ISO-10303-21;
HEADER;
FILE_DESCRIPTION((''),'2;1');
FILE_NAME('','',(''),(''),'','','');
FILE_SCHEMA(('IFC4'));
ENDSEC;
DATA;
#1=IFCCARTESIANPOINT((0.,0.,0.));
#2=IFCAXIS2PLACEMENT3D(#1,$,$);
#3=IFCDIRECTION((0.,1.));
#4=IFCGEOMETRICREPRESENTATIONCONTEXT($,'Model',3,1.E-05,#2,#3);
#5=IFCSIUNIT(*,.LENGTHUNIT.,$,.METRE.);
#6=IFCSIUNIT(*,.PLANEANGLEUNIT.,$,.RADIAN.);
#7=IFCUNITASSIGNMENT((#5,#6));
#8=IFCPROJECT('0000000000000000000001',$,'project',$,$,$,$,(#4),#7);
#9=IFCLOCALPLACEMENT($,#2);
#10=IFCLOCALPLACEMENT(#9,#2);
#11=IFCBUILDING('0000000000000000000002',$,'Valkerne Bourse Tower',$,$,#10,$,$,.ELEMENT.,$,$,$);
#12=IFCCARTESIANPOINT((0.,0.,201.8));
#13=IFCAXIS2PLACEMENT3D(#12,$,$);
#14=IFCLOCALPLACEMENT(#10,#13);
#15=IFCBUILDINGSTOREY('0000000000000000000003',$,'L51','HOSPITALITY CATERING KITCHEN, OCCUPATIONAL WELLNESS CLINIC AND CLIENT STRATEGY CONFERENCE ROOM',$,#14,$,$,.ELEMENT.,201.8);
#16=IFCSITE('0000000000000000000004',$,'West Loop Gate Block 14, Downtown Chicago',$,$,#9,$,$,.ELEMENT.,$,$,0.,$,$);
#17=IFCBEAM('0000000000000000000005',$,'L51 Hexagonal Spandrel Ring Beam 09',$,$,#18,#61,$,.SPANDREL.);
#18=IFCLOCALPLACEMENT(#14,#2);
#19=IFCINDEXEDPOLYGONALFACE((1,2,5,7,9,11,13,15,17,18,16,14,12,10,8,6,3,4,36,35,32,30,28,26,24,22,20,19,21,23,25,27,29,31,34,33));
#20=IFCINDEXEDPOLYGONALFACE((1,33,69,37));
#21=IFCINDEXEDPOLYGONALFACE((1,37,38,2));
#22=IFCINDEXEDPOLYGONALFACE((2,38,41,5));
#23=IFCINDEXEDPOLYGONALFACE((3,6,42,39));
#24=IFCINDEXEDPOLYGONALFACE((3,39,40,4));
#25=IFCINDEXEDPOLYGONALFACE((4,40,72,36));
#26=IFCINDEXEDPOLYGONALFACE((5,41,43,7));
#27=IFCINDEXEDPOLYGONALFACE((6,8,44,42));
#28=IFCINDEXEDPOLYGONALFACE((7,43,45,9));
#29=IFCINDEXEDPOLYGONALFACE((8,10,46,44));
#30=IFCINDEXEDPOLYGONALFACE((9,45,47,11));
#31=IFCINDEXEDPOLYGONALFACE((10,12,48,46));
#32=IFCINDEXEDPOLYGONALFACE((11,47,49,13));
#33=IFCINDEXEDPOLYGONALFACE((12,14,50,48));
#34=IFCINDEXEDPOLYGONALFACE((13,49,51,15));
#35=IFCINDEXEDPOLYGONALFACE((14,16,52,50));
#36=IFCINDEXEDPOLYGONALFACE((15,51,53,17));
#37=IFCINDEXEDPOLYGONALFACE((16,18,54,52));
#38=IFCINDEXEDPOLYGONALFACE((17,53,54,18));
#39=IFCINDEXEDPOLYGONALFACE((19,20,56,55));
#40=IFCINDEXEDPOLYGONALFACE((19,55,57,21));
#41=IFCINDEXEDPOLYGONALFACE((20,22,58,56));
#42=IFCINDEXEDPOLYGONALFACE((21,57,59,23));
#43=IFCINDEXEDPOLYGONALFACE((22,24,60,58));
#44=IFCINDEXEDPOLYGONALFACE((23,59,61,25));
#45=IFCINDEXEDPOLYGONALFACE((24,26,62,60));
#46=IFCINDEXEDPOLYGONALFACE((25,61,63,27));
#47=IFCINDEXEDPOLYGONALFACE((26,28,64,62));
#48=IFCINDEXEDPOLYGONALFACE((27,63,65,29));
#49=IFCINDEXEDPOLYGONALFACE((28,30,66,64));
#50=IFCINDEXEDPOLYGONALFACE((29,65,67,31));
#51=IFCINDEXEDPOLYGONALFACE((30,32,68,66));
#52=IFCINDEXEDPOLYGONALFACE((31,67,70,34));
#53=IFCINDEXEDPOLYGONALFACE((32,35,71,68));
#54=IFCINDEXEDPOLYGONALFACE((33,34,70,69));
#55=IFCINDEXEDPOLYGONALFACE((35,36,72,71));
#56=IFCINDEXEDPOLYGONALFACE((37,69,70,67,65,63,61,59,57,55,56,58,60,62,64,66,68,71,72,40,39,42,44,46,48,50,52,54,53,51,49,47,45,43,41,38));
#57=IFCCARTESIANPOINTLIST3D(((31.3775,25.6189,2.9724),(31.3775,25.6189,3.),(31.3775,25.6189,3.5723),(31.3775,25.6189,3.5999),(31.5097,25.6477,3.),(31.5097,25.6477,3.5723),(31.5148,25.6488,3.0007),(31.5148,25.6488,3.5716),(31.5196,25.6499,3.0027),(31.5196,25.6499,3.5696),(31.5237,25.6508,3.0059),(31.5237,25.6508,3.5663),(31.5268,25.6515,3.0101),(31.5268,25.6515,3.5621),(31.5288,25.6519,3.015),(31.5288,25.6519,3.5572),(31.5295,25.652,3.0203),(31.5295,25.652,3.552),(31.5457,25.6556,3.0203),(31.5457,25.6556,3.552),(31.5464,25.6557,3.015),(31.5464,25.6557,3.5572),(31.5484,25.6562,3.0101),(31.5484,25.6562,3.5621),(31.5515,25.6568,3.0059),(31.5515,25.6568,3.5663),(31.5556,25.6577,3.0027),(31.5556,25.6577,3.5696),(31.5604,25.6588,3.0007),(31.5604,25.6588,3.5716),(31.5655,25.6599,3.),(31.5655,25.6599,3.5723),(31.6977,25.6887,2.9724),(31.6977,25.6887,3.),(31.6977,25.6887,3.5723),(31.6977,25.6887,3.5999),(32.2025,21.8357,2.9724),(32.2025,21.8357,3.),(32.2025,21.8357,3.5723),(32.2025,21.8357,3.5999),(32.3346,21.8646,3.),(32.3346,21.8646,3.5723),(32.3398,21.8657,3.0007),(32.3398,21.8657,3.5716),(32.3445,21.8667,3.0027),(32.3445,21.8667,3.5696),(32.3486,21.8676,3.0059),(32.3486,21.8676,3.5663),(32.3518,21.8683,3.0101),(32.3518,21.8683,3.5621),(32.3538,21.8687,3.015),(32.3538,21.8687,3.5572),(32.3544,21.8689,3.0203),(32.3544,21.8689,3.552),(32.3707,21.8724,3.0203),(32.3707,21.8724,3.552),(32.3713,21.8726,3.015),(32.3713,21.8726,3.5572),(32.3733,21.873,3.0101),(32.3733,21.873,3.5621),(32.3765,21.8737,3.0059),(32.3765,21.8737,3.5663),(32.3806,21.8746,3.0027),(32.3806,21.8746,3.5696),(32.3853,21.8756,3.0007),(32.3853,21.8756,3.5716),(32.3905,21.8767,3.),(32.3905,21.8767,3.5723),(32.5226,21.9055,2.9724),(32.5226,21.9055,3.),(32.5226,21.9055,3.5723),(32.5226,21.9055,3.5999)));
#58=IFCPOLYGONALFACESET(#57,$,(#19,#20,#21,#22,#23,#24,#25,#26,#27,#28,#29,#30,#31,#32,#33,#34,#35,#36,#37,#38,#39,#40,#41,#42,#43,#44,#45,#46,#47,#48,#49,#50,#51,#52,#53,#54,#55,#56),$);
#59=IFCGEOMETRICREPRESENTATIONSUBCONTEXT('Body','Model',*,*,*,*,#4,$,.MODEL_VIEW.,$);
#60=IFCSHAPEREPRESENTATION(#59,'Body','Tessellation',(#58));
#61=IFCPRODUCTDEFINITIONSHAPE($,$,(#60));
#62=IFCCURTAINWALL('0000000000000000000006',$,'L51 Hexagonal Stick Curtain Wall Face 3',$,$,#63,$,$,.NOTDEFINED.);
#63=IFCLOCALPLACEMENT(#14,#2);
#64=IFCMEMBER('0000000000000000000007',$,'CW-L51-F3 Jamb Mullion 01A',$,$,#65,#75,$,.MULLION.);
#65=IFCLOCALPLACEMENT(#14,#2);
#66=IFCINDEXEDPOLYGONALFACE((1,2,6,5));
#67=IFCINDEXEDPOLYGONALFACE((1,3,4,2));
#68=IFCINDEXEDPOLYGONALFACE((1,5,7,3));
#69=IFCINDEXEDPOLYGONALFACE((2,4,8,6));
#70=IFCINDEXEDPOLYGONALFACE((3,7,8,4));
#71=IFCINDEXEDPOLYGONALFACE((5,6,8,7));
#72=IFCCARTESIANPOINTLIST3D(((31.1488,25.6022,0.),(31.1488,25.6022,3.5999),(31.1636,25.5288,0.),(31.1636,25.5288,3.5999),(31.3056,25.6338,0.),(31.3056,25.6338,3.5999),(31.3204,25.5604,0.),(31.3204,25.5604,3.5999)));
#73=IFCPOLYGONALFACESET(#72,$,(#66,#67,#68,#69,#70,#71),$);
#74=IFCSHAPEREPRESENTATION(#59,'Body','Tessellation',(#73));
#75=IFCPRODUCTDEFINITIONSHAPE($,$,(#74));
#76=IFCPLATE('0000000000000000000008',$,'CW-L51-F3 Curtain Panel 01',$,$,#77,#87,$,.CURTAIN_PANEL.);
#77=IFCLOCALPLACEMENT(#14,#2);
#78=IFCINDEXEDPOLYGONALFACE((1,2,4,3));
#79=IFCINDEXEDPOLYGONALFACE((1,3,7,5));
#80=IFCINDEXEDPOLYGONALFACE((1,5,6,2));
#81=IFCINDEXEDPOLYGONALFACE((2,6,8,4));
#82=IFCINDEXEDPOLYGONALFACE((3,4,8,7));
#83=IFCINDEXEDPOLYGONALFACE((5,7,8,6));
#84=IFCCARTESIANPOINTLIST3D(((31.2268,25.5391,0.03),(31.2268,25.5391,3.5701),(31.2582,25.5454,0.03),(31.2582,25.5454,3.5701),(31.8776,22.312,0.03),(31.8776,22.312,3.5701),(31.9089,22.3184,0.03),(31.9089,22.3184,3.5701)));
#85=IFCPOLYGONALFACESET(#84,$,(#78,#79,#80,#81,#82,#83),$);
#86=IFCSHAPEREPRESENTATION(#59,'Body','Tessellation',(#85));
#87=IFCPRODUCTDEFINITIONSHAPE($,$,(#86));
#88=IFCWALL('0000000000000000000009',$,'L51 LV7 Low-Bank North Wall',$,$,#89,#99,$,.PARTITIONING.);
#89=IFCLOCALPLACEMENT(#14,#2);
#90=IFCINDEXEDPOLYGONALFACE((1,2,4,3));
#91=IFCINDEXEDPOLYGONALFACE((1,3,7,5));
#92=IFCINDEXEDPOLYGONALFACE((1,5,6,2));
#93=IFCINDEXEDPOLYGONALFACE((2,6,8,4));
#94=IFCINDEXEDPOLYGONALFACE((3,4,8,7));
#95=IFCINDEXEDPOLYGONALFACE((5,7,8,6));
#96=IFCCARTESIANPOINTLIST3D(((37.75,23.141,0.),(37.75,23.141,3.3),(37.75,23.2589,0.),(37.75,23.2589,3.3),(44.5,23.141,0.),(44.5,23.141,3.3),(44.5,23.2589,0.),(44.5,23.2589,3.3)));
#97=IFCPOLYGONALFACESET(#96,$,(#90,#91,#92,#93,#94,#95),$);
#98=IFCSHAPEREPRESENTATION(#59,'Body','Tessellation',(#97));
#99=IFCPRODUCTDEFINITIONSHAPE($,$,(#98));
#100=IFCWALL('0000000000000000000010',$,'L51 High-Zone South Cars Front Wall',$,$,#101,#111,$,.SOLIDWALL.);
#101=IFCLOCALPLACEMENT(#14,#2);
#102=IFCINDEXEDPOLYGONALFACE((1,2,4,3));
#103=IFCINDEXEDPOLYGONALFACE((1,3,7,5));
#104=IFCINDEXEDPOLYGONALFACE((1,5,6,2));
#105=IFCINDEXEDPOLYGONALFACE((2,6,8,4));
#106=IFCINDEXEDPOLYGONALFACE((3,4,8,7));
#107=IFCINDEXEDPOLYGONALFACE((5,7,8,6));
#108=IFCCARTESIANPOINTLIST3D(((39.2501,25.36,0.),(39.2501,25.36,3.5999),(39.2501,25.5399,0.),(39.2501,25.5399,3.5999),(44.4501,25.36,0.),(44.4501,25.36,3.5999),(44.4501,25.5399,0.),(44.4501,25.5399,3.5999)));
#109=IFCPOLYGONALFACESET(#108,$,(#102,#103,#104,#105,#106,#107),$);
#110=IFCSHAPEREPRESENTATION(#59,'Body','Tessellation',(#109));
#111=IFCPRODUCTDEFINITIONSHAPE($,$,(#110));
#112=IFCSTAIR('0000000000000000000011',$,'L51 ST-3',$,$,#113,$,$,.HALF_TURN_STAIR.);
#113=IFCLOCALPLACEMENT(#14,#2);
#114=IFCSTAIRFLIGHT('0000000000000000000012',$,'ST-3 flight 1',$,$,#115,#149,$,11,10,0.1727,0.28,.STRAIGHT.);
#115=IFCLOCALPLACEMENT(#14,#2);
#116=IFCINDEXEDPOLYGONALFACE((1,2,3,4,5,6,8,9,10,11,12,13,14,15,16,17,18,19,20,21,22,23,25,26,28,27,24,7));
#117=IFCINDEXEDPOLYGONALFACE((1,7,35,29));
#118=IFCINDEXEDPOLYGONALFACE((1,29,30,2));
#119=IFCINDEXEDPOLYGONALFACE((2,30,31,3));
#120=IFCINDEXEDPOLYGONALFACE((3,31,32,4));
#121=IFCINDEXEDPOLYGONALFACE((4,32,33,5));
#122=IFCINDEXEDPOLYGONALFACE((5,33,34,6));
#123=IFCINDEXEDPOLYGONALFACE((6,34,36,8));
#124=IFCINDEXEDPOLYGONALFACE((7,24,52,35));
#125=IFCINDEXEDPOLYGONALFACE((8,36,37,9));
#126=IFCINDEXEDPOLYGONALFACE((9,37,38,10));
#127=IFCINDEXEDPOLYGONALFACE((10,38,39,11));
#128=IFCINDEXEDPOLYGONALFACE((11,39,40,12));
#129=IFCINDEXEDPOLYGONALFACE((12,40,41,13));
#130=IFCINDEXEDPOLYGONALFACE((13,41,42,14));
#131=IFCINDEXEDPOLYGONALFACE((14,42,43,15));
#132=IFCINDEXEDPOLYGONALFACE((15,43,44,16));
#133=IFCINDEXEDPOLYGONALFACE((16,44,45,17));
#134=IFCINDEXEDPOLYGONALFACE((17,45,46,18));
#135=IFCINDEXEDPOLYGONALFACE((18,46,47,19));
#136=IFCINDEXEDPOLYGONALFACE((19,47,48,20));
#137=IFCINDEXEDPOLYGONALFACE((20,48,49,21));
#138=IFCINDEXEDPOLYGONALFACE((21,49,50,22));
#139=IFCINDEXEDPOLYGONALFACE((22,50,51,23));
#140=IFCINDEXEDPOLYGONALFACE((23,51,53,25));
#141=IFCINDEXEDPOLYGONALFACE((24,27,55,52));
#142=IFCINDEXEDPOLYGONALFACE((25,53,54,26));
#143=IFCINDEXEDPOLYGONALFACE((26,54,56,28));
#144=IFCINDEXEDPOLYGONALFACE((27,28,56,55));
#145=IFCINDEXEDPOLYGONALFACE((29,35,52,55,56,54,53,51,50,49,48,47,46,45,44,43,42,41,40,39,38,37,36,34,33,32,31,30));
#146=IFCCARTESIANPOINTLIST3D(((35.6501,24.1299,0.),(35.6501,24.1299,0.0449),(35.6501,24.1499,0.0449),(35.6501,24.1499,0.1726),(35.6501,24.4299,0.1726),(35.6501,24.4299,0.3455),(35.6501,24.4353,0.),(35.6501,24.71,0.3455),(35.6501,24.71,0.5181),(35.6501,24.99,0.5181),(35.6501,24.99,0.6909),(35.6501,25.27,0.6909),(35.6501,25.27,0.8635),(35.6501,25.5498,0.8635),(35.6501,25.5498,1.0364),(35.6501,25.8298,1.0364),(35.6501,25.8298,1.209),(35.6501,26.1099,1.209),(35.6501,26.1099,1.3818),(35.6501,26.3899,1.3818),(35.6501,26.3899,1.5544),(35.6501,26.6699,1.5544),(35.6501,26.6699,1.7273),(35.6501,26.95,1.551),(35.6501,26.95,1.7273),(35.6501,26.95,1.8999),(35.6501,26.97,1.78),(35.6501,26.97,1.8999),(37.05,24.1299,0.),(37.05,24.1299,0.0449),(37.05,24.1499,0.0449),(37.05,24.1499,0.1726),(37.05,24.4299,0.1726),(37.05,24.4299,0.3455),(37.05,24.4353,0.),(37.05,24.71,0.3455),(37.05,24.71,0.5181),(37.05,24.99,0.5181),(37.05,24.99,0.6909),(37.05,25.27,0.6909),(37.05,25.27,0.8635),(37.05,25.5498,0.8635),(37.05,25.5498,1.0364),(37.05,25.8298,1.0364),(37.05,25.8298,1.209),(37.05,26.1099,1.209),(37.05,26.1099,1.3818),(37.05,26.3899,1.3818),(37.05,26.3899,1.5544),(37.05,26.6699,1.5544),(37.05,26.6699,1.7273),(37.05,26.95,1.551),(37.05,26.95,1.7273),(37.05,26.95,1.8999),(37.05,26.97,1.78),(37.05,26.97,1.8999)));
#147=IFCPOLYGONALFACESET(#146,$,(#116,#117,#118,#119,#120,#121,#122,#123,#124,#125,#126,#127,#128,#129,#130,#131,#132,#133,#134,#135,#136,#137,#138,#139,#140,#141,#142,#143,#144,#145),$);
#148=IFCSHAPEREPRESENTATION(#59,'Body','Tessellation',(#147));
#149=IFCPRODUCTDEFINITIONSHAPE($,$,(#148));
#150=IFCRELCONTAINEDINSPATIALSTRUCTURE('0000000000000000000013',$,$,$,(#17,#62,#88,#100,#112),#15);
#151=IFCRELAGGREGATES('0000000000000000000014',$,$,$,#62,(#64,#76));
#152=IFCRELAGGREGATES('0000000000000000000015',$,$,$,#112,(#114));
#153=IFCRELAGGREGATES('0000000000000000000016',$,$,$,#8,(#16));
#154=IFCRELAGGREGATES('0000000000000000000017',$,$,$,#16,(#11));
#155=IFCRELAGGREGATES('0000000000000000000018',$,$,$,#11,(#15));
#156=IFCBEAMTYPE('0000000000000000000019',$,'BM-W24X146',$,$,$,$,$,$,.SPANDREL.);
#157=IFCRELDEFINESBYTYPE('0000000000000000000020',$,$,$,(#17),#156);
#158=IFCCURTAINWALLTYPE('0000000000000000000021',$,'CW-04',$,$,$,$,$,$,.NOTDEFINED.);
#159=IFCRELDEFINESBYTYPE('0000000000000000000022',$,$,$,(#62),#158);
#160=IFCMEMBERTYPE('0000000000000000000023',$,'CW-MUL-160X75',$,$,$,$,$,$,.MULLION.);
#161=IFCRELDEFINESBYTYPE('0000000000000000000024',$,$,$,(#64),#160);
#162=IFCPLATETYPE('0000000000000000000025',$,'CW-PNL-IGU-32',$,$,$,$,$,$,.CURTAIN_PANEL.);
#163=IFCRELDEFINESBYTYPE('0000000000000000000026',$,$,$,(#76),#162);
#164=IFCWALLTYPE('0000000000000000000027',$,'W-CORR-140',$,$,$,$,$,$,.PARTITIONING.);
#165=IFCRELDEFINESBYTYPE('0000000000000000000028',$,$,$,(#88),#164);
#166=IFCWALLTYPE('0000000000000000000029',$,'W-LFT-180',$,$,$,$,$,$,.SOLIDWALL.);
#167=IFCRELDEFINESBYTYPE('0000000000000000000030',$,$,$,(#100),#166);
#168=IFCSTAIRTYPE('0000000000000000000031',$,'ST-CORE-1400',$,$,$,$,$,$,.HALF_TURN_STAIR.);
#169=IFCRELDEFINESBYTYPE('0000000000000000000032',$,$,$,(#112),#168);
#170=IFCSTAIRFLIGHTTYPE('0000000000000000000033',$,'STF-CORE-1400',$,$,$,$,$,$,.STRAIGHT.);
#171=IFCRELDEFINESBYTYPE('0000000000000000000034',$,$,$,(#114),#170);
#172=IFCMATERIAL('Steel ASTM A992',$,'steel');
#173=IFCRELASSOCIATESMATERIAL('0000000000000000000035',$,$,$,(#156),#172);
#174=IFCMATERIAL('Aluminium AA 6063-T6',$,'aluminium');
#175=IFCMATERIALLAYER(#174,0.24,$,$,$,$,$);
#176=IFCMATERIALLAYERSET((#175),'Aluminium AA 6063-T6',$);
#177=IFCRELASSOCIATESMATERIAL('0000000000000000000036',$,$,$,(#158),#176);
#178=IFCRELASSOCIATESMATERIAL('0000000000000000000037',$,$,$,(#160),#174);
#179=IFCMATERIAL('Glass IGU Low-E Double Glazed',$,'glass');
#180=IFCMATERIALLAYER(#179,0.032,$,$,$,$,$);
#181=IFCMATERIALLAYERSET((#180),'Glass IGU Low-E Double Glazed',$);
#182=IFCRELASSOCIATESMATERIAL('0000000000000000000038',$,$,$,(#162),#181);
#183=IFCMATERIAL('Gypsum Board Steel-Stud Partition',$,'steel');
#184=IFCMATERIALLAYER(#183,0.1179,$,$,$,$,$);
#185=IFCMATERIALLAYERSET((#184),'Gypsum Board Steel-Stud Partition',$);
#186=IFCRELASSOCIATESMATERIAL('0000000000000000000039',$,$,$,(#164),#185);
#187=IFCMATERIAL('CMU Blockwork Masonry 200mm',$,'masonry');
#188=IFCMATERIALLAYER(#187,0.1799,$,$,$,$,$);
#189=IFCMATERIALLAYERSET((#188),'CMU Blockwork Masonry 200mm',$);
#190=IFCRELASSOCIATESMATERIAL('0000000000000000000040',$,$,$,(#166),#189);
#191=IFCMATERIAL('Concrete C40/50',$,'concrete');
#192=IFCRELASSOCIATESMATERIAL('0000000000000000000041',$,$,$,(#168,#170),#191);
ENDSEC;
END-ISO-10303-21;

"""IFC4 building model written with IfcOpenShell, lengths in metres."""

from ifc_helpers import new_model, si_unit, direction, frame, frame_2d, origin, origin_2d, place, context, subcontext, project, spatial, polyline, rectangle, i_section, outline, extrude, material, layer, layer_set, material_profile, profile_set, type_object, element, aggregate, save


model = new_model("IFC4")

# Units and contexts
model_context = context("Model", 3, precision=1e-05, world=origin(), true_north=direction((0.0, 1.0)))
body_context = subcontext(model_context, "Body", "Model", "MODEL_VIEW")
ifc_project = project(units=[si_unit("LENGTHUNIT", "METRE"), si_unit("PLANEANGLEUNIT", "RADIAN")], contexts=[model_context])

# Site, building, storey
site_placement = place(None, origin())
site = spatial("IfcSite", under=ifc_project, at=site_placement, Name="West Loop Gate Block 14, Downtown Chicago", CompositionType="ELEMENT", RefElevation=0.0)
building_placement = place(site_placement, origin())
building = spatial("IfcBuilding", under=site, at=building_placement, Name="Valkerne Bourse Tower", CompositionType="ELEMENT")
storey_placement = place(building_placement, frame((0.0, 0.0, 201.8)))
storey = spatial("IfcBuildingStorey", under=building, at=storey_placement, Name="L51", Description="HOSPITALITY CATERING KITCHEN, OCCUPATIONAL WELLNESS CLINIC AND CLIENT STRATEGY CONFERENCE ROOM", CompositionType="ELEMENT", Elevation=201.8)

# Beam
ifc_material_1 = material(Name="Steel ASTM A992", Category="steel")
ifc_material_profile_1 = material_profile(ifc_material_1, i_section(OverallWidth=0.3276, OverallDepth=0.6274, WebThickness=0.0166, FlangeThickness=0.0276, FilletRadius=0.0203, at=origin_2d()), Name="W24X146")
ifc_profile_set_1 = profile_set([ifc_material_profile_1], Name="Steel ASTM A992")
beam_type_1 = type_object("IfcBeamType", Name="BM-W24X146", PredefinedType="SPANDREL", material=ifc_profile_set_1)
beam_1_placement = place(storey_placement, frame((31.5376, 25.6538, 3.2861), z_axis=(0.21305, -0.977041, 0.0), x_axis=(0.977041, 0.21305, 0.0)))
element("IfcBeam", 1, at=beam_1_placement, inside=storey, type_object=beam_type_1, Name="L51 Hexagonal Spandrel Ring Beam 09", PredefinedType="SPANDREL", context=body_context, shape_type="SweptSolid", body=[
    extrude(i_section(OverallWidth=0.3276, OverallDepth=0.6274, WebThickness=0.0166, FlangeThickness=0.0276, FilletRadius=0.0203, at=origin_2d()), origin(), (0.0, 0.0, 1.0), 3.8721),
])

# Curtain wall, member, plate
ifc_material_2 = material(Name="Aluminium AA 6063-T6", Category="aluminium")
ifc_layer_1 = layer(ifc_material_2, 0.24)
ifc_layer_set_1 = layer_set([ifc_layer_1], Name="Aluminium AA 6063-T6")
curtain_wall_type = type_object("IfcCurtainWallType", Name="CW-04", PredefinedType="NOTDEFINED", material=ifc_layer_set_1)
curtain_wall_placement = place(storey_placement, origin())
curtain_wall = element("IfcCurtainWall", 2, at=curtain_wall_placement, inside=storey, type_object=curtain_wall_type, Name="L51 Hexagonal Stick Curtain Wall Face 3", PredefinedType="NOTDEFINED")
ifc_material_profile_2 = material_profile(ifc_material_2, rectangle(XDim=0.075, YDim=0.1599, at=origin_2d()), Name="CWM-75X160")
ifc_profile_set_2 = profile_set([ifc_material_profile_2], Name="Aluminium AA 6063-T6")
member_type = type_object("IfcMemberType", Name="CW-MUL-160X75", PredefinedType="MULLION", material=ifc_profile_set_2)
member_placement = place(storey_placement, frame((31.2346, 25.5813, 0.0), z_axis=(0.0, 0.0, 1.0), x_axis=(0.197673, -0.980268, 0.0)))
member = element("IfcMember", 3, at=member_placement, type_object=member_type, Name="CW-L51-F3 Jamb Mullion 01A", PredefinedType="MULLION", context=body_context, shape_type="SweptSolid", body=[
    extrude(rectangle(XDim=0.075, YDim=0.1599, at=origin_2d()), origin(), (0.0, 0.0, 1.0), 3.5999),
])
ifc_material_3 = material(Name="Glass IGU Low-E Double Glazed", Category="glass")
ifc_layer_2 = layer(ifc_material_3, 0.032)
ifc_layer_set_2 = layer_set([ifc_layer_2], Name="Glass IGU Low-E Double Glazed")
plate_type = type_object("IfcPlateType", Name="CW-PNL-IGU-32", PredefinedType="CURTAIN_PANEL", material=ifc_layer_set_2)
plate_placement = place(storey_placement, frame((31.5679, 23.9287, 0.03), z_axis=(0.0, 0.0, 1.0), x_axis=(0.197673, -0.980268, 0.0)))
plate = element("IfcPlate", 4, at=plate_placement, type_object=plate_type, Name="CW-L51-F3 Curtain Panel 01", PredefinedType="CURTAIN_PANEL", context=body_context, shape_type="SweptSolid", body=[
    extrude(rectangle(XDim=3.292, YDim=0.032, at=origin_2d()), origin(), (0.0, 0.0, 1.0), 3.54),
])
aggregate(curtain_wall, [member, plate])

# Walls
ifc_material_4 = material(Name="Gypsum Board Steel-Stud Partition", Category="steel")
ifc_layer_3 = layer(ifc_material_4, 0.1179)
ifc_layer_set_3 = layer_set([ifc_layer_3], Name="Gypsum Board Steel-Stud Partition")
wall_type_1 = type_object("IfcWallType", Name="W-CORR-140", PredefinedType="PARTITIONING", material=ifc_layer_set_3)
wall_1_placement = place(storey_placement, frame((37.75, 23.2, 0.0), z_axis=(0.0, 0.0, 1.0), x_axis=(1.0, 0.0, 0.0)))
element("IfcWall", 5, at=wall_1_placement, inside=storey, type_object=wall_type_1, Name="L51 LV7 Low-Bank North Wall", PredefinedType="PARTITIONING", context=body_context, shape_type="SweptSolid", body=[
    extrude(rectangle(XDim=6.75, YDim=0.1179, at=frame_2d((3.375, 0.0))), origin(), (0.0, 0.0, 1.0), 3.3),
])
ifc_material_5 = material(Name="CMU Blockwork Masonry 200mm", Category="masonry")
ifc_layer_4 = layer(ifc_material_5, 0.1799)
ifc_layer_set_4 = layer_set([ifc_layer_4], Name="CMU Blockwork Masonry 200mm")
wall_type_2 = type_object("IfcWallType", Name="W-LFT-180", PredefinedType="SOLIDWALL", material=ifc_layer_set_4)
wall_2_placement = place(storey_placement, frame((39.25, 25.45, 0.0), z_axis=(0.0, 0.0, 1.0), x_axis=(1.0, 0.0, 0.0)))
element("IfcWall", 6, at=wall_2_placement, inside=storey, type_object=wall_type_2, Name="L51 High-Zone South Cars Front Wall", PredefinedType="SOLIDWALL", context=body_context, shape_type="SweptSolid", body=[
    extrude(rectangle(XDim=5.2, YDim=0.1799, at=frame_2d((2.6001, 0.0))), origin(), (0.0, 0.0, 1.0), 3.5999),
])

# Stair, stair flight
ifc_material_6 = material(Name="Concrete C40/50", Category="concrete")
stair_type = type_object("IfcStairType", Name="ST-CORE-1400", PredefinedType="HALF_TURN_STAIR", material=ifc_material_6)
stair_placement = place(storey_placement, origin())
stair = element("IfcStair", 7, at=stair_placement, inside=storey, type_object=stair_type, Name="L51 ST-3", PredefinedType="HALF_TURN_STAIR")
stair_flight_type = type_object("IfcStairFlightType", Name="STF-CORE-1400", PredefinedType="STRAIGHT", material=ifc_material_6)
stair_flight_1_placement = place(storey_placement, frame((36.3501, 24.1499, 0.0), z_axis=(0.0, 0.0, 1.0), x_axis=(0.0, 1.0, 0.0)))
stair_flight_1 = element("IfcStairFlight", 8, at=stair_flight_1_placement, type_object=stair_flight_type, Name="ST-3 flight 1", NumberOfRisers=11, NumberOfTreads=10, PredefinedType="STRAIGHT", RiserHeight=0.1727, TreadLength=0.28, context=body_context, shape_type="SweptSolid", body=[
    extrude(outline(polyline([(-0.02, 0.0), (-0.02, 0.0449), (0.0, 0.0449), (0.0, 0.1726), (0.28, 0.1726), (0.28, 0.3455), (0.5601, 0.3455), (0.5601, 0.5181), (0.8401, 0.5181), (0.8401, 0.6909), (1.1201, 0.6909), (1.1201, 0.8635), (1.3999, 0.8635), (1.3999, 1.0364), (1.6799, 1.0364), (1.6799, 1.209), (1.96, 1.209), (1.96, 1.3818), (2.24, 1.3818), (2.24, 1.5544), (2.52, 1.5544), (2.52, 1.7273), (2.8, 1.7273), (2.8, 1.8999), (2.8201, 1.8999), (2.8201, 1.78), (2.8, 1.551), (0.2854, 0.0), (-0.02, 0.0)])), frame((0.0, 0.7, 0.0), z_axis=(0.0, -1.0, 0.0), x_axis=(1.0, 0.0, 0.0)), (0.0, 0.0, 1.0), 1.3999),
])
aggregate(stair, [stair_flight_1])

save(model, "model.ifc")
